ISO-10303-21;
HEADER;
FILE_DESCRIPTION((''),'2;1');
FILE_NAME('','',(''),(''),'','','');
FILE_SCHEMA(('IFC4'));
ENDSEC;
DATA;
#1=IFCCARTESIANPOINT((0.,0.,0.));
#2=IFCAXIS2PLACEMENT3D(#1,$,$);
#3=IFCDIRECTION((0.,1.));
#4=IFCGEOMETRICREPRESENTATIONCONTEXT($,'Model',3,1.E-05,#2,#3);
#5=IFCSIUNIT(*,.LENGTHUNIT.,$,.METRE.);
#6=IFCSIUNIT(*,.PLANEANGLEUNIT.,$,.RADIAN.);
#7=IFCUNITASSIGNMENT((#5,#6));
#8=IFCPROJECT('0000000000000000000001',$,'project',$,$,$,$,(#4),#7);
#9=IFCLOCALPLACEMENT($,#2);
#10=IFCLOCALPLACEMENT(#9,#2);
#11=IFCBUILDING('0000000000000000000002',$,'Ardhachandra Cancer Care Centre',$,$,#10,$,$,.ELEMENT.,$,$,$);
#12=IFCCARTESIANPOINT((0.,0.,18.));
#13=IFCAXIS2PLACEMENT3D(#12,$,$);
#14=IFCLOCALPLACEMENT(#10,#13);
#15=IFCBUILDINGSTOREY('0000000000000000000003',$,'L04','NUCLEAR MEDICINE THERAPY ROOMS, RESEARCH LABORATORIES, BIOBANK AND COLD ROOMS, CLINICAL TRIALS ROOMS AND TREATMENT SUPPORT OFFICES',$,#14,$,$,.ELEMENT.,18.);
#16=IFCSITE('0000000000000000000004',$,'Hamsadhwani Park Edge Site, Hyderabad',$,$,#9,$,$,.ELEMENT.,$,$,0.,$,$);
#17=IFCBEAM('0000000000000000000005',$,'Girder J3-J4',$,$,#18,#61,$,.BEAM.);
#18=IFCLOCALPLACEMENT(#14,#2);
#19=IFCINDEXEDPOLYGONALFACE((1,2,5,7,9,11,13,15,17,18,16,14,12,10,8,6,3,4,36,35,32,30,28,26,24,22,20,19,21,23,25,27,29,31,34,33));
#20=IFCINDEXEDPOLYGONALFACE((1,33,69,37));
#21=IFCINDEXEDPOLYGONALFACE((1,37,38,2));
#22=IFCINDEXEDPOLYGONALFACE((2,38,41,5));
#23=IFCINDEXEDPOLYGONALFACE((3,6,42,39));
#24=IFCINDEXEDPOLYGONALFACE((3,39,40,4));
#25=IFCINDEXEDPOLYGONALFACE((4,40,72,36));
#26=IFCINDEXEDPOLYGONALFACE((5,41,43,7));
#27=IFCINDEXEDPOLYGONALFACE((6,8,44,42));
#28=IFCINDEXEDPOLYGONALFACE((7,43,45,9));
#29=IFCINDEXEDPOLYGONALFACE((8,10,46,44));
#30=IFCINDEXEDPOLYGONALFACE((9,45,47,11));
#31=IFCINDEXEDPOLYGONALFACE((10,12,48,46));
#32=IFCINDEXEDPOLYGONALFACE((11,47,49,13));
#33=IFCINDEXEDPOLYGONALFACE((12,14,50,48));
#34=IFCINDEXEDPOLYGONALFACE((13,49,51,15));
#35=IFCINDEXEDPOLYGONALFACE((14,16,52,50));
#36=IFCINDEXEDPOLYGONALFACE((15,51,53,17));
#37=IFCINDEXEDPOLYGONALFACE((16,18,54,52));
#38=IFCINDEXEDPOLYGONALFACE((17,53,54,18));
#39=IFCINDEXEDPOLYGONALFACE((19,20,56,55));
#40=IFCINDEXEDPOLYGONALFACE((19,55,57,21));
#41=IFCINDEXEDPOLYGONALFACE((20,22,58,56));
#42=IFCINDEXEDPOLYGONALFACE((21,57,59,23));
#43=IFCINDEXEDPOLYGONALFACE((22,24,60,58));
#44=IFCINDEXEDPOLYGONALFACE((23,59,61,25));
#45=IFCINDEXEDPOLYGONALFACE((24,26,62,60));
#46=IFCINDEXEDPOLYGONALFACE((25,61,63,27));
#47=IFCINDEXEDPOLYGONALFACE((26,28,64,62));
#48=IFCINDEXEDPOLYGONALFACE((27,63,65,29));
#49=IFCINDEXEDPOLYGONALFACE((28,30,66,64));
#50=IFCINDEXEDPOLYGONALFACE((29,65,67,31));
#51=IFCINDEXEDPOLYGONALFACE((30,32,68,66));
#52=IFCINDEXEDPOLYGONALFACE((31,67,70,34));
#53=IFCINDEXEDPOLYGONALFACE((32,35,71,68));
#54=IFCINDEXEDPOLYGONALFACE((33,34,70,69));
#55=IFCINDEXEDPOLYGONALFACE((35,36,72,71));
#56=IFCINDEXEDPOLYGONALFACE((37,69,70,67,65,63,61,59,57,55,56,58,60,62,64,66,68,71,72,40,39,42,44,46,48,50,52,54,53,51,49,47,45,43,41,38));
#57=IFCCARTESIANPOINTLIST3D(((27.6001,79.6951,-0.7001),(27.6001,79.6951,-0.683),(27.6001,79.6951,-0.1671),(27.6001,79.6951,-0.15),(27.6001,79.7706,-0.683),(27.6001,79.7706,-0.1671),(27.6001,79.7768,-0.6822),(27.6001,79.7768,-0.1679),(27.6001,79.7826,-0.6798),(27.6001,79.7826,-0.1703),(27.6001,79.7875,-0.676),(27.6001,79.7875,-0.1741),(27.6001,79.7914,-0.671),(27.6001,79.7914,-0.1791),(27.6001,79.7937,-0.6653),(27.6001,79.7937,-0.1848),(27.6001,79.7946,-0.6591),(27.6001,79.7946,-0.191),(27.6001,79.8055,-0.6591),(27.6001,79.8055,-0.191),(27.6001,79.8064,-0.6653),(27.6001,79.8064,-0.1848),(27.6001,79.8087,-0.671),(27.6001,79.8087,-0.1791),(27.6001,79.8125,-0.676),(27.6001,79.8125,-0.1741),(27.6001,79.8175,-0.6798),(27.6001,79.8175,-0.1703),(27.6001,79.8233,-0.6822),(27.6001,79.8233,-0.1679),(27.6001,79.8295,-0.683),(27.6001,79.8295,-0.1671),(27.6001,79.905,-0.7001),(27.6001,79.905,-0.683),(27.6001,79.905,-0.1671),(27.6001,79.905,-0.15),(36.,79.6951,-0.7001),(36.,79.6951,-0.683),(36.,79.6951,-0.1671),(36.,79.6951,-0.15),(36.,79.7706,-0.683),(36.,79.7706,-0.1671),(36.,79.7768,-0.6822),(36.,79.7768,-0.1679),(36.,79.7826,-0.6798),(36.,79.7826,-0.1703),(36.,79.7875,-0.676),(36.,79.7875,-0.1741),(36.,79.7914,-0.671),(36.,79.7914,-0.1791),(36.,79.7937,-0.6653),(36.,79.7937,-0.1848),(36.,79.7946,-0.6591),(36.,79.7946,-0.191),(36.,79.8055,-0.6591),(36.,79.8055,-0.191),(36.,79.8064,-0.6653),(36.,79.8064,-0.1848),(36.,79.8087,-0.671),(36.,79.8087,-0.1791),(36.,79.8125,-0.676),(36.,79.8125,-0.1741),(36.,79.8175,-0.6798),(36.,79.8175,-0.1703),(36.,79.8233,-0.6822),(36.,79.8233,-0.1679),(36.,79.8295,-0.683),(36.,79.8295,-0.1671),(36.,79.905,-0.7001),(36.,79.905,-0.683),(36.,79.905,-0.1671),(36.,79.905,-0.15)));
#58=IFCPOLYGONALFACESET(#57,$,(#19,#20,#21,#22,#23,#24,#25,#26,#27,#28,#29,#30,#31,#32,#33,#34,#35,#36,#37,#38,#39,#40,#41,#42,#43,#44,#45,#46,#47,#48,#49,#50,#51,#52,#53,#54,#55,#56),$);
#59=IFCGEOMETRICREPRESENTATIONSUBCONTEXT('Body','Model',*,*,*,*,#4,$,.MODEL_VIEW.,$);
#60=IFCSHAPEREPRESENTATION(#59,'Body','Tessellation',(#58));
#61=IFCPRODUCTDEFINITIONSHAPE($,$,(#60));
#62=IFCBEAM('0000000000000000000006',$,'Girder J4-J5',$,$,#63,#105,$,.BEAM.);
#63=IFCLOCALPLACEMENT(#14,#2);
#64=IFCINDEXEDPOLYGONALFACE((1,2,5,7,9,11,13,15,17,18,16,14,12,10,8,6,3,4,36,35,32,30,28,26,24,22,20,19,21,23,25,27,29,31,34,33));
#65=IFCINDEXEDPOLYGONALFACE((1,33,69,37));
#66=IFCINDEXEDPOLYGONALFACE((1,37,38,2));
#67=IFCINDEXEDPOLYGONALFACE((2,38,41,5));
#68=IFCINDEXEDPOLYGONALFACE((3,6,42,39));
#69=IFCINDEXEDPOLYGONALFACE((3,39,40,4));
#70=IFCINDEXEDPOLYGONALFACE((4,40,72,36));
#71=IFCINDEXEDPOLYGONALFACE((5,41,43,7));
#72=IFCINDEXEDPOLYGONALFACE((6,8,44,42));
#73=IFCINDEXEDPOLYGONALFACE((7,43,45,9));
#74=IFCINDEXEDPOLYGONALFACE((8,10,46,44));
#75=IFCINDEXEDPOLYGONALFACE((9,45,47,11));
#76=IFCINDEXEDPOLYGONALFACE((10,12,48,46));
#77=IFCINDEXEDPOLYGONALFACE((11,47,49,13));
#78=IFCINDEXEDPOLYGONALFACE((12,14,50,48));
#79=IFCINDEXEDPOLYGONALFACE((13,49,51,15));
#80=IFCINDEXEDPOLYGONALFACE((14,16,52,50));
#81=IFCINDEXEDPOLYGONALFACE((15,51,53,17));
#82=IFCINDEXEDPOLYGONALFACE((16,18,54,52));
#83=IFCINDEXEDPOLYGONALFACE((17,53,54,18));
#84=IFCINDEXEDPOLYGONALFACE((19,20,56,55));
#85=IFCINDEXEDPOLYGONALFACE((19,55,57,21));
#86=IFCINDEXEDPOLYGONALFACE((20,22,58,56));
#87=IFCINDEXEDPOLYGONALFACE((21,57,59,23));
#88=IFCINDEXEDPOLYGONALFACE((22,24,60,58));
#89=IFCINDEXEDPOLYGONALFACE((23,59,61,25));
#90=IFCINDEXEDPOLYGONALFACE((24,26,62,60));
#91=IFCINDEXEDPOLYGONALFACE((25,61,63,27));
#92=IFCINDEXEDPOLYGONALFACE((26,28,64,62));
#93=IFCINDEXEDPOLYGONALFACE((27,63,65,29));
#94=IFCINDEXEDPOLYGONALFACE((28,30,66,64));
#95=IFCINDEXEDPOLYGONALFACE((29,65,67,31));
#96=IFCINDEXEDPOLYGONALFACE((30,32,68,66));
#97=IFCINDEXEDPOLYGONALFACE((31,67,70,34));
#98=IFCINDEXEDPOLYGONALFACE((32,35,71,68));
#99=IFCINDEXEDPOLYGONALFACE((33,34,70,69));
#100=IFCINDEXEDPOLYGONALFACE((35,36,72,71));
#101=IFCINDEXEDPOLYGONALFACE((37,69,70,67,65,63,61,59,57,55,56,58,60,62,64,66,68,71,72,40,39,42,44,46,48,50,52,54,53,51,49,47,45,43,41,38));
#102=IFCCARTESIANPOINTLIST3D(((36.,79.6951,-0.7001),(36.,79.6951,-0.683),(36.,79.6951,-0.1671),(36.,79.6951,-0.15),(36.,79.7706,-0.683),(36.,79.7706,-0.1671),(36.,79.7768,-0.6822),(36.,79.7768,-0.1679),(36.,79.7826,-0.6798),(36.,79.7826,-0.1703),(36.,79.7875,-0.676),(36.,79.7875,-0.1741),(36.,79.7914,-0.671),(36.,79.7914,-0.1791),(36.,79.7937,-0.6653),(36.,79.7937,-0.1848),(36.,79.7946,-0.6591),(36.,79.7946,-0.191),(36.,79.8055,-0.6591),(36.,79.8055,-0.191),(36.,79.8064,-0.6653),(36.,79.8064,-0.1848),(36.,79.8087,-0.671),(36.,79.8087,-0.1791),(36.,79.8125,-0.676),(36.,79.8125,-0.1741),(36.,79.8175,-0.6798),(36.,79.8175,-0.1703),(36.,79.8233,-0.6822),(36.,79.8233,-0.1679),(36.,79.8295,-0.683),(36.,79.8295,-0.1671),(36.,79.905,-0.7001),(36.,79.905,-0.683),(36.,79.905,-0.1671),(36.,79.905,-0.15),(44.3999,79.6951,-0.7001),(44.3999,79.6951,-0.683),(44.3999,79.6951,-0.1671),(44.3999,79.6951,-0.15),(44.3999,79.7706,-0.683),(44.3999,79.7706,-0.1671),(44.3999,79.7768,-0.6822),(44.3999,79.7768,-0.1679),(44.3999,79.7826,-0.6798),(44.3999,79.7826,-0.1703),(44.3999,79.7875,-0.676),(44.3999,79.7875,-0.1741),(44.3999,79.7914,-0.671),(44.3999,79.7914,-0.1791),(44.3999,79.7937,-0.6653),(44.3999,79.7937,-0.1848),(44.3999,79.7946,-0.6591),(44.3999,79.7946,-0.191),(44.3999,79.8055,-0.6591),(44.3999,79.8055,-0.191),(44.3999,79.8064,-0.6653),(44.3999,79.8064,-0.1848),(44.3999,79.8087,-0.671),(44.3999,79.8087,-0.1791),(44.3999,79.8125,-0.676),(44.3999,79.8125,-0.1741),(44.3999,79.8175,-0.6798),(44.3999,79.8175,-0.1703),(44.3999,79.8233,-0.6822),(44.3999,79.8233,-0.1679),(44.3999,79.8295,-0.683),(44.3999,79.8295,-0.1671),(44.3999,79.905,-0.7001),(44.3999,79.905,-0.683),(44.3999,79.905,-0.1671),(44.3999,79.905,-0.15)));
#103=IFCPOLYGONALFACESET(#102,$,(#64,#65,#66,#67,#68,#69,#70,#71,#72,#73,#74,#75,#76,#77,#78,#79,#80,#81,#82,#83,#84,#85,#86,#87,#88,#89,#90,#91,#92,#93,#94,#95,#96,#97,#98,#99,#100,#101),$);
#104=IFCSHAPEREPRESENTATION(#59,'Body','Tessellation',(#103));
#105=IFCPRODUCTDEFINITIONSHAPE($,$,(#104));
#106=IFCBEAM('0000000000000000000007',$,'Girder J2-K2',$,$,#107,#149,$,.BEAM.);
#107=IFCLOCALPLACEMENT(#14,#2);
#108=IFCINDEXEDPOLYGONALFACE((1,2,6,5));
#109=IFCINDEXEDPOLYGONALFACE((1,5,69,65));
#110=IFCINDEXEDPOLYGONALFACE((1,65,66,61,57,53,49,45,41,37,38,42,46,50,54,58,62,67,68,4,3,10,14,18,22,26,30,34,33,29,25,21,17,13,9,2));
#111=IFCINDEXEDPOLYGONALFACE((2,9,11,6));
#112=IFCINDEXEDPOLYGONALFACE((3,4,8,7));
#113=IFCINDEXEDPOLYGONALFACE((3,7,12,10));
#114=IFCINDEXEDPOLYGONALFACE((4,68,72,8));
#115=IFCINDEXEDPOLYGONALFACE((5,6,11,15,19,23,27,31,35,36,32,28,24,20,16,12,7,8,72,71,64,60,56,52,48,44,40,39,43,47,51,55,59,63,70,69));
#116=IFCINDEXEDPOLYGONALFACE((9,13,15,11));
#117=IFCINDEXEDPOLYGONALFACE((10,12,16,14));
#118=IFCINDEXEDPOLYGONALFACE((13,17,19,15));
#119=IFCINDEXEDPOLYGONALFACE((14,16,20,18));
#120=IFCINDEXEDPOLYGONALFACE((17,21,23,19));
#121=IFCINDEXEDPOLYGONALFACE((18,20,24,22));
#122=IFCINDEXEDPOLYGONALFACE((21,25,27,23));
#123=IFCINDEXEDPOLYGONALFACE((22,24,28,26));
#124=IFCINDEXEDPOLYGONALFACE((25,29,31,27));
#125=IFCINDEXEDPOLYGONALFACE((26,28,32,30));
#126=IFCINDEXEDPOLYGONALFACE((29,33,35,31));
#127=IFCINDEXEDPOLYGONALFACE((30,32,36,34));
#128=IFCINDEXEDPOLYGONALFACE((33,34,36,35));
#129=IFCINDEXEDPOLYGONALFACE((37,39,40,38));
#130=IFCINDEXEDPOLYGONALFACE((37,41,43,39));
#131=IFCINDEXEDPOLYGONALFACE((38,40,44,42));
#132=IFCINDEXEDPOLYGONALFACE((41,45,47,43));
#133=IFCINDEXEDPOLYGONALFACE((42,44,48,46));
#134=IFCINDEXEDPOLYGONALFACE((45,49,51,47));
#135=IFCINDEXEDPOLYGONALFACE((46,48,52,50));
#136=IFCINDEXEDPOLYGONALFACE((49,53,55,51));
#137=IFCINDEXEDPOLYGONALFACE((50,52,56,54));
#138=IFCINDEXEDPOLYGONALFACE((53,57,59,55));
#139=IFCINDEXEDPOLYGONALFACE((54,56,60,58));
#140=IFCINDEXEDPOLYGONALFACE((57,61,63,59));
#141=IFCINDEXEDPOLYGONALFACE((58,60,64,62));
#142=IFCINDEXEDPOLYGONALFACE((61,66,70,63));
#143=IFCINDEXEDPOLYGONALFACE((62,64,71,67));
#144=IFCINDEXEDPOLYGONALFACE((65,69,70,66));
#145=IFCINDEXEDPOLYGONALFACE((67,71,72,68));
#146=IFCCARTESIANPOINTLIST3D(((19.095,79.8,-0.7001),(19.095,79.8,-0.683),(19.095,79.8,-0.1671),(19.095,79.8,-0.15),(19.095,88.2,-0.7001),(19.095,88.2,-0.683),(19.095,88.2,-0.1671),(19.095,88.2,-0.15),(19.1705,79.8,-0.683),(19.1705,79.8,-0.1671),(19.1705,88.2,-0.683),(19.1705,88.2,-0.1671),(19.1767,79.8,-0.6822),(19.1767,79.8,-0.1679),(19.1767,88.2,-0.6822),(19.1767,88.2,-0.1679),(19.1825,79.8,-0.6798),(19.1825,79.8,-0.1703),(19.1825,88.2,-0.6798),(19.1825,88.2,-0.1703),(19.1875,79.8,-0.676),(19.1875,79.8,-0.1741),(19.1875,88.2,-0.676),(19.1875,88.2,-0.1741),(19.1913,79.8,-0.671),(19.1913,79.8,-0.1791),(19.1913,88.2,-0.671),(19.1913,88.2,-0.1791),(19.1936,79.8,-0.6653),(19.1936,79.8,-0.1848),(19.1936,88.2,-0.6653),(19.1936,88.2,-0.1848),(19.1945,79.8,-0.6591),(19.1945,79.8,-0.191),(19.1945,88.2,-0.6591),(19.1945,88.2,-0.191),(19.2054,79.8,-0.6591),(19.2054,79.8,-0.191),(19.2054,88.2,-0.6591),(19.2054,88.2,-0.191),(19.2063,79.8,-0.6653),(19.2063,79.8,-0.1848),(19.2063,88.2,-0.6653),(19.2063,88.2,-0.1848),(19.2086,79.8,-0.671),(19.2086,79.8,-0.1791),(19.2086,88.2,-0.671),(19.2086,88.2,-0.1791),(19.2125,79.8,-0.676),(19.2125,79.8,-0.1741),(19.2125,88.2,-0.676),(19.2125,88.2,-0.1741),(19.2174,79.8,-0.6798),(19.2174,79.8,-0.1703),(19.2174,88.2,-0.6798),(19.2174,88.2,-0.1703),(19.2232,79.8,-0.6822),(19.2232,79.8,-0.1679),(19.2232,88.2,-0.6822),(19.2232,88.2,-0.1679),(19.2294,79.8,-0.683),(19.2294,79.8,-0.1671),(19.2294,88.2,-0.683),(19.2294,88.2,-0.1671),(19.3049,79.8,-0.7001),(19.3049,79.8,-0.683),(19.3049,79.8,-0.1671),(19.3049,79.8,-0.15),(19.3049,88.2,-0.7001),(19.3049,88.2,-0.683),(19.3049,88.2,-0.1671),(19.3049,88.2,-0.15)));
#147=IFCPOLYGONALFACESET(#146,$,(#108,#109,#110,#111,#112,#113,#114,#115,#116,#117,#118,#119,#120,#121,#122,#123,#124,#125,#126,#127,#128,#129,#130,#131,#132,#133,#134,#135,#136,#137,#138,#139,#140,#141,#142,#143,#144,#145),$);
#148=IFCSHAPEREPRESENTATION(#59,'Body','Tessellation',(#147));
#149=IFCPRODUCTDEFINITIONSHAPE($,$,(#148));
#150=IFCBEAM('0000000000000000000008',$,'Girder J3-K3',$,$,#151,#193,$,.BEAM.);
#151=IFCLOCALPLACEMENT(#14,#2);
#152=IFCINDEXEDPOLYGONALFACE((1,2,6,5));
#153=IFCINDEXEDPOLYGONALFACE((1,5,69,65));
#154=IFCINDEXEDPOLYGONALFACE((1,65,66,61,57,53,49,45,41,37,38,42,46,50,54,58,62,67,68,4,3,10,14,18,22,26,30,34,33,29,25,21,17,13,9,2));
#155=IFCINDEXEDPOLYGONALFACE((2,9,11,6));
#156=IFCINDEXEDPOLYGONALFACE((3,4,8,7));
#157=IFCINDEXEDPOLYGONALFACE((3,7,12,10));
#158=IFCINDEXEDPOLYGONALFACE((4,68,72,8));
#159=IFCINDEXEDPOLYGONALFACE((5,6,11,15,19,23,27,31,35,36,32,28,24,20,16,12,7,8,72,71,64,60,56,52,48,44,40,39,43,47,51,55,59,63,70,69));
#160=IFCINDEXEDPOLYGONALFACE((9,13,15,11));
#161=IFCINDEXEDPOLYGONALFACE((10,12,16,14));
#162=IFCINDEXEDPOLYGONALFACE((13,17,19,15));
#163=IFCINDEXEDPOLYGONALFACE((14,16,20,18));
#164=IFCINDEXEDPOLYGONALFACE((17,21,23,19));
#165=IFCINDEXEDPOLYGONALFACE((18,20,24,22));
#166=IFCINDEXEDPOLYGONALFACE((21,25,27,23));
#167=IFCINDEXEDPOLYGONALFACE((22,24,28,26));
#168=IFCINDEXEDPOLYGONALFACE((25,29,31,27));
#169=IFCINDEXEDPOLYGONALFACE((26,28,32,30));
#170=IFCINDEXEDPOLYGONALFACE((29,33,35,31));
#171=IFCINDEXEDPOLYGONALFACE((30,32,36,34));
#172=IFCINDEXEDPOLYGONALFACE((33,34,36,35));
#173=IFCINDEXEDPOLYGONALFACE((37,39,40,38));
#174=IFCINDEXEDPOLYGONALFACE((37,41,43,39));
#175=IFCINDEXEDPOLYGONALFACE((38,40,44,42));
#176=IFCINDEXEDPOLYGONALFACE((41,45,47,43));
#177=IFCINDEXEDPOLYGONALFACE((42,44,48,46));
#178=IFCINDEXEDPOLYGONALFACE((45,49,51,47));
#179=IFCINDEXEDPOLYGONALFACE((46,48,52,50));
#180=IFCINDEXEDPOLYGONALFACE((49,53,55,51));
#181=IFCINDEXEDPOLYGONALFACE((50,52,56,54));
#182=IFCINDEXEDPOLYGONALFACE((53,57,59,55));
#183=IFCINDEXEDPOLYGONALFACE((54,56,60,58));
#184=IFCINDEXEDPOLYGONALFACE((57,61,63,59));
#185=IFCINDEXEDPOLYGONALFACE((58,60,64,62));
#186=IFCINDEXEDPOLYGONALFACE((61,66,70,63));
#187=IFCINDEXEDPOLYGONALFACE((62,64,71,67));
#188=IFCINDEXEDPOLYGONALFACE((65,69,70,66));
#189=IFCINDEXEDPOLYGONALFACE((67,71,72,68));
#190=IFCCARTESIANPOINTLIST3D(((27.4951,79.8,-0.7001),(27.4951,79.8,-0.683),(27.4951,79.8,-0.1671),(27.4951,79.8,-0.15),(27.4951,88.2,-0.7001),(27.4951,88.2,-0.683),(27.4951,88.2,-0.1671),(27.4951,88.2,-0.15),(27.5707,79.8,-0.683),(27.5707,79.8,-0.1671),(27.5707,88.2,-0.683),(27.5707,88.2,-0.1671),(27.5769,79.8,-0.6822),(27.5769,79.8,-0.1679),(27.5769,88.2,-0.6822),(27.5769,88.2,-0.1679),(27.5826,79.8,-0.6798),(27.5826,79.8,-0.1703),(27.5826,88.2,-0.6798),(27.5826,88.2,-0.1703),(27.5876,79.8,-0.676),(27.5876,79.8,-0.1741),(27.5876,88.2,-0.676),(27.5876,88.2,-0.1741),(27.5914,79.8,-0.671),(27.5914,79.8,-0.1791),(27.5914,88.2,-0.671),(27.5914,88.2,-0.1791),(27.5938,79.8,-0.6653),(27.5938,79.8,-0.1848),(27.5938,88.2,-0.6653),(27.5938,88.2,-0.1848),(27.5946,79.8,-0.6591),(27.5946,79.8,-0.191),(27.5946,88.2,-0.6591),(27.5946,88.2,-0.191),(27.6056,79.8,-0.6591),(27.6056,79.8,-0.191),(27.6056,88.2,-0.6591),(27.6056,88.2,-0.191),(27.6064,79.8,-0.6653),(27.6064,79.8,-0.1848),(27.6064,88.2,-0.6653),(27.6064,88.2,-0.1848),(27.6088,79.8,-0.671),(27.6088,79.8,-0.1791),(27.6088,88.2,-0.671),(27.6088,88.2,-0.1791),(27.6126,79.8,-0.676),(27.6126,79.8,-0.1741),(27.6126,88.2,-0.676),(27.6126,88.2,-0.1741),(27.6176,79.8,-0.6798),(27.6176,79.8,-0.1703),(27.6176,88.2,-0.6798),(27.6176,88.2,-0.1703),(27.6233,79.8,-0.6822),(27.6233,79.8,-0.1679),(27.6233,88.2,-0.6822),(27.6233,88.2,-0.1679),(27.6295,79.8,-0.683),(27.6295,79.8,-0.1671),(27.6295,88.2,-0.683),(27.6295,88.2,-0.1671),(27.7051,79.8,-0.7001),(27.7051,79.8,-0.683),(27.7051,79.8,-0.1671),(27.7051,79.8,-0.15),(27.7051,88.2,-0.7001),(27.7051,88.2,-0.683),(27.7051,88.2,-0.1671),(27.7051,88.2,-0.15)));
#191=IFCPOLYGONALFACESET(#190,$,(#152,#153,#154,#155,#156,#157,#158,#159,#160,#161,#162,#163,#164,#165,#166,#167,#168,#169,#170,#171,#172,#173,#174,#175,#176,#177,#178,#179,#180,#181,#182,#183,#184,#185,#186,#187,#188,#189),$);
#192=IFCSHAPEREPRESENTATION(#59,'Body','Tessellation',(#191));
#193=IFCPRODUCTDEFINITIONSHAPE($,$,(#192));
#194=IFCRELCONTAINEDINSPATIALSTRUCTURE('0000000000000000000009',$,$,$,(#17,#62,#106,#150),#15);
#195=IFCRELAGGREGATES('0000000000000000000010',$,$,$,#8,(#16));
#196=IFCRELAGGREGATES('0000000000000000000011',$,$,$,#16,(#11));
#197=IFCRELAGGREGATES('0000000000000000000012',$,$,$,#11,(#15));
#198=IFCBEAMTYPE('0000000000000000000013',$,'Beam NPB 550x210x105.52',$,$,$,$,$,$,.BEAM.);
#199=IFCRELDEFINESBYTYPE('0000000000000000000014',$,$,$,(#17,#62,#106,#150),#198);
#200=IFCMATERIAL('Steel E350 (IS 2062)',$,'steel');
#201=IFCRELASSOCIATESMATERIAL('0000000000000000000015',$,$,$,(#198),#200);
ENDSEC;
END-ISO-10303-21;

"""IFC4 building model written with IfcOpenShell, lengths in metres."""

from ifc_helpers import new_model, si_unit, direction, frame, origin, origin_2d, place, context, subcontext, project, spatial, i_section, extrude, material, material_profile, profile_set, type_object, element, save


model = new_model("IFC4")

# Units and contexts
model_context = context("Model", 3, precision=1e-05, world=origin(), true_north=direction((0.0, 1.0)))
body_context = subcontext(model_context, "Body", "Model", "MODEL_VIEW")
ifc_project = project(units=[si_unit("LENGTHUNIT", "METRE"), si_unit("PLANEANGLEUNIT", "RADIAN")], contexts=[model_context])

# Site, building, storey
site_placement = place(None, origin())
site = spatial("IfcSite", under=ifc_project, at=site_placement, Name="Hamsadhwani Park Edge Site, Hyderabad", CompositionType="ELEMENT", RefElevation=0.0)
building_placement = place(site_placement, origin())
building = spatial("IfcBuilding", under=site, at=building_placement, Name="Ardhachandra Cancer Care Centre", CompositionType="ELEMENT")
storey_placement = place(building_placement, frame((0.0, 0.0, 18.0)))
storey = spatial("IfcBuildingStorey", under=building, at=storey_placement, Name="L04", Description="NUCLEAR MEDICINE THERAPY ROOMS, RESEARCH LABORATORIES, BIOBANK AND COLD ROOMS, CLINICAL TRIALS ROOMS AND TREATMENT SUPPORT OFFICES", CompositionType="ELEMENT", Elevation=18.0)

# Beams
ifc_material_1 = material(Name="Steel E350 (IS 2062)", Category="steel")
ifc_material_profile_1 = material_profile(ifc_material_1, i_section(OverallWidth=0.21, OverallDepth=0.55, WebThickness=0.011, FlangeThickness=0.0171, FilletRadius=0.0239, at=origin_2d()), Name="NPB 550x210x105.52")
ifc_profile_set_1 = profile_set([ifc_material_profile_1], Name="Steel E350 (IS 2062)")
beam_type_1 = type_object("IfcBeamType", Name="Beam NPB 550x210x105.52", PredefinedType="BEAM", material=ifc_profile_set_1)
for number, where, z_axis, x_axis, name in (
    (1, (27.6001, 79.8, -0.425), (1.0, 0.0, 0.0), (0.0, 1.0, 0.0), "Girder J3-J4"),
    (2, (36.0, 79.8, -0.425), (1.0, 0.0, 0.0), (0.0, 1.0, 0.0), "Girder J4-J5"),
    (3, (19.2, 79.8, -0.425), (0.0, 1.0, 0.0), (-1.0, 0.0, 0.0), "Girder J2-K2"),
    (4, (27.6001, 79.8, -0.425), (0.0, 1.0, 0.0), (-1.0, 0.0, 0.0), "Girder J3-K3"),
):
    element("IfcBeam", number, at=place(storey_placement, frame(where, z_axis=z_axis, x_axis=x_axis)), inside=storey, type_object=beam_type_1, Name=name, PredefinedType="BEAM", context=body_context, shape_type="SweptSolid", body=[
        extrude(i_section(OverallWidth=0.21, OverallDepth=0.55, WebThickness=0.011, FlangeThickness=0.0171, FilletRadius=0.0239, at=origin_2d()), origin(), (0.0, 0.0, 1.0), 8.3999),
    ])

save(model, "model.ifc")
